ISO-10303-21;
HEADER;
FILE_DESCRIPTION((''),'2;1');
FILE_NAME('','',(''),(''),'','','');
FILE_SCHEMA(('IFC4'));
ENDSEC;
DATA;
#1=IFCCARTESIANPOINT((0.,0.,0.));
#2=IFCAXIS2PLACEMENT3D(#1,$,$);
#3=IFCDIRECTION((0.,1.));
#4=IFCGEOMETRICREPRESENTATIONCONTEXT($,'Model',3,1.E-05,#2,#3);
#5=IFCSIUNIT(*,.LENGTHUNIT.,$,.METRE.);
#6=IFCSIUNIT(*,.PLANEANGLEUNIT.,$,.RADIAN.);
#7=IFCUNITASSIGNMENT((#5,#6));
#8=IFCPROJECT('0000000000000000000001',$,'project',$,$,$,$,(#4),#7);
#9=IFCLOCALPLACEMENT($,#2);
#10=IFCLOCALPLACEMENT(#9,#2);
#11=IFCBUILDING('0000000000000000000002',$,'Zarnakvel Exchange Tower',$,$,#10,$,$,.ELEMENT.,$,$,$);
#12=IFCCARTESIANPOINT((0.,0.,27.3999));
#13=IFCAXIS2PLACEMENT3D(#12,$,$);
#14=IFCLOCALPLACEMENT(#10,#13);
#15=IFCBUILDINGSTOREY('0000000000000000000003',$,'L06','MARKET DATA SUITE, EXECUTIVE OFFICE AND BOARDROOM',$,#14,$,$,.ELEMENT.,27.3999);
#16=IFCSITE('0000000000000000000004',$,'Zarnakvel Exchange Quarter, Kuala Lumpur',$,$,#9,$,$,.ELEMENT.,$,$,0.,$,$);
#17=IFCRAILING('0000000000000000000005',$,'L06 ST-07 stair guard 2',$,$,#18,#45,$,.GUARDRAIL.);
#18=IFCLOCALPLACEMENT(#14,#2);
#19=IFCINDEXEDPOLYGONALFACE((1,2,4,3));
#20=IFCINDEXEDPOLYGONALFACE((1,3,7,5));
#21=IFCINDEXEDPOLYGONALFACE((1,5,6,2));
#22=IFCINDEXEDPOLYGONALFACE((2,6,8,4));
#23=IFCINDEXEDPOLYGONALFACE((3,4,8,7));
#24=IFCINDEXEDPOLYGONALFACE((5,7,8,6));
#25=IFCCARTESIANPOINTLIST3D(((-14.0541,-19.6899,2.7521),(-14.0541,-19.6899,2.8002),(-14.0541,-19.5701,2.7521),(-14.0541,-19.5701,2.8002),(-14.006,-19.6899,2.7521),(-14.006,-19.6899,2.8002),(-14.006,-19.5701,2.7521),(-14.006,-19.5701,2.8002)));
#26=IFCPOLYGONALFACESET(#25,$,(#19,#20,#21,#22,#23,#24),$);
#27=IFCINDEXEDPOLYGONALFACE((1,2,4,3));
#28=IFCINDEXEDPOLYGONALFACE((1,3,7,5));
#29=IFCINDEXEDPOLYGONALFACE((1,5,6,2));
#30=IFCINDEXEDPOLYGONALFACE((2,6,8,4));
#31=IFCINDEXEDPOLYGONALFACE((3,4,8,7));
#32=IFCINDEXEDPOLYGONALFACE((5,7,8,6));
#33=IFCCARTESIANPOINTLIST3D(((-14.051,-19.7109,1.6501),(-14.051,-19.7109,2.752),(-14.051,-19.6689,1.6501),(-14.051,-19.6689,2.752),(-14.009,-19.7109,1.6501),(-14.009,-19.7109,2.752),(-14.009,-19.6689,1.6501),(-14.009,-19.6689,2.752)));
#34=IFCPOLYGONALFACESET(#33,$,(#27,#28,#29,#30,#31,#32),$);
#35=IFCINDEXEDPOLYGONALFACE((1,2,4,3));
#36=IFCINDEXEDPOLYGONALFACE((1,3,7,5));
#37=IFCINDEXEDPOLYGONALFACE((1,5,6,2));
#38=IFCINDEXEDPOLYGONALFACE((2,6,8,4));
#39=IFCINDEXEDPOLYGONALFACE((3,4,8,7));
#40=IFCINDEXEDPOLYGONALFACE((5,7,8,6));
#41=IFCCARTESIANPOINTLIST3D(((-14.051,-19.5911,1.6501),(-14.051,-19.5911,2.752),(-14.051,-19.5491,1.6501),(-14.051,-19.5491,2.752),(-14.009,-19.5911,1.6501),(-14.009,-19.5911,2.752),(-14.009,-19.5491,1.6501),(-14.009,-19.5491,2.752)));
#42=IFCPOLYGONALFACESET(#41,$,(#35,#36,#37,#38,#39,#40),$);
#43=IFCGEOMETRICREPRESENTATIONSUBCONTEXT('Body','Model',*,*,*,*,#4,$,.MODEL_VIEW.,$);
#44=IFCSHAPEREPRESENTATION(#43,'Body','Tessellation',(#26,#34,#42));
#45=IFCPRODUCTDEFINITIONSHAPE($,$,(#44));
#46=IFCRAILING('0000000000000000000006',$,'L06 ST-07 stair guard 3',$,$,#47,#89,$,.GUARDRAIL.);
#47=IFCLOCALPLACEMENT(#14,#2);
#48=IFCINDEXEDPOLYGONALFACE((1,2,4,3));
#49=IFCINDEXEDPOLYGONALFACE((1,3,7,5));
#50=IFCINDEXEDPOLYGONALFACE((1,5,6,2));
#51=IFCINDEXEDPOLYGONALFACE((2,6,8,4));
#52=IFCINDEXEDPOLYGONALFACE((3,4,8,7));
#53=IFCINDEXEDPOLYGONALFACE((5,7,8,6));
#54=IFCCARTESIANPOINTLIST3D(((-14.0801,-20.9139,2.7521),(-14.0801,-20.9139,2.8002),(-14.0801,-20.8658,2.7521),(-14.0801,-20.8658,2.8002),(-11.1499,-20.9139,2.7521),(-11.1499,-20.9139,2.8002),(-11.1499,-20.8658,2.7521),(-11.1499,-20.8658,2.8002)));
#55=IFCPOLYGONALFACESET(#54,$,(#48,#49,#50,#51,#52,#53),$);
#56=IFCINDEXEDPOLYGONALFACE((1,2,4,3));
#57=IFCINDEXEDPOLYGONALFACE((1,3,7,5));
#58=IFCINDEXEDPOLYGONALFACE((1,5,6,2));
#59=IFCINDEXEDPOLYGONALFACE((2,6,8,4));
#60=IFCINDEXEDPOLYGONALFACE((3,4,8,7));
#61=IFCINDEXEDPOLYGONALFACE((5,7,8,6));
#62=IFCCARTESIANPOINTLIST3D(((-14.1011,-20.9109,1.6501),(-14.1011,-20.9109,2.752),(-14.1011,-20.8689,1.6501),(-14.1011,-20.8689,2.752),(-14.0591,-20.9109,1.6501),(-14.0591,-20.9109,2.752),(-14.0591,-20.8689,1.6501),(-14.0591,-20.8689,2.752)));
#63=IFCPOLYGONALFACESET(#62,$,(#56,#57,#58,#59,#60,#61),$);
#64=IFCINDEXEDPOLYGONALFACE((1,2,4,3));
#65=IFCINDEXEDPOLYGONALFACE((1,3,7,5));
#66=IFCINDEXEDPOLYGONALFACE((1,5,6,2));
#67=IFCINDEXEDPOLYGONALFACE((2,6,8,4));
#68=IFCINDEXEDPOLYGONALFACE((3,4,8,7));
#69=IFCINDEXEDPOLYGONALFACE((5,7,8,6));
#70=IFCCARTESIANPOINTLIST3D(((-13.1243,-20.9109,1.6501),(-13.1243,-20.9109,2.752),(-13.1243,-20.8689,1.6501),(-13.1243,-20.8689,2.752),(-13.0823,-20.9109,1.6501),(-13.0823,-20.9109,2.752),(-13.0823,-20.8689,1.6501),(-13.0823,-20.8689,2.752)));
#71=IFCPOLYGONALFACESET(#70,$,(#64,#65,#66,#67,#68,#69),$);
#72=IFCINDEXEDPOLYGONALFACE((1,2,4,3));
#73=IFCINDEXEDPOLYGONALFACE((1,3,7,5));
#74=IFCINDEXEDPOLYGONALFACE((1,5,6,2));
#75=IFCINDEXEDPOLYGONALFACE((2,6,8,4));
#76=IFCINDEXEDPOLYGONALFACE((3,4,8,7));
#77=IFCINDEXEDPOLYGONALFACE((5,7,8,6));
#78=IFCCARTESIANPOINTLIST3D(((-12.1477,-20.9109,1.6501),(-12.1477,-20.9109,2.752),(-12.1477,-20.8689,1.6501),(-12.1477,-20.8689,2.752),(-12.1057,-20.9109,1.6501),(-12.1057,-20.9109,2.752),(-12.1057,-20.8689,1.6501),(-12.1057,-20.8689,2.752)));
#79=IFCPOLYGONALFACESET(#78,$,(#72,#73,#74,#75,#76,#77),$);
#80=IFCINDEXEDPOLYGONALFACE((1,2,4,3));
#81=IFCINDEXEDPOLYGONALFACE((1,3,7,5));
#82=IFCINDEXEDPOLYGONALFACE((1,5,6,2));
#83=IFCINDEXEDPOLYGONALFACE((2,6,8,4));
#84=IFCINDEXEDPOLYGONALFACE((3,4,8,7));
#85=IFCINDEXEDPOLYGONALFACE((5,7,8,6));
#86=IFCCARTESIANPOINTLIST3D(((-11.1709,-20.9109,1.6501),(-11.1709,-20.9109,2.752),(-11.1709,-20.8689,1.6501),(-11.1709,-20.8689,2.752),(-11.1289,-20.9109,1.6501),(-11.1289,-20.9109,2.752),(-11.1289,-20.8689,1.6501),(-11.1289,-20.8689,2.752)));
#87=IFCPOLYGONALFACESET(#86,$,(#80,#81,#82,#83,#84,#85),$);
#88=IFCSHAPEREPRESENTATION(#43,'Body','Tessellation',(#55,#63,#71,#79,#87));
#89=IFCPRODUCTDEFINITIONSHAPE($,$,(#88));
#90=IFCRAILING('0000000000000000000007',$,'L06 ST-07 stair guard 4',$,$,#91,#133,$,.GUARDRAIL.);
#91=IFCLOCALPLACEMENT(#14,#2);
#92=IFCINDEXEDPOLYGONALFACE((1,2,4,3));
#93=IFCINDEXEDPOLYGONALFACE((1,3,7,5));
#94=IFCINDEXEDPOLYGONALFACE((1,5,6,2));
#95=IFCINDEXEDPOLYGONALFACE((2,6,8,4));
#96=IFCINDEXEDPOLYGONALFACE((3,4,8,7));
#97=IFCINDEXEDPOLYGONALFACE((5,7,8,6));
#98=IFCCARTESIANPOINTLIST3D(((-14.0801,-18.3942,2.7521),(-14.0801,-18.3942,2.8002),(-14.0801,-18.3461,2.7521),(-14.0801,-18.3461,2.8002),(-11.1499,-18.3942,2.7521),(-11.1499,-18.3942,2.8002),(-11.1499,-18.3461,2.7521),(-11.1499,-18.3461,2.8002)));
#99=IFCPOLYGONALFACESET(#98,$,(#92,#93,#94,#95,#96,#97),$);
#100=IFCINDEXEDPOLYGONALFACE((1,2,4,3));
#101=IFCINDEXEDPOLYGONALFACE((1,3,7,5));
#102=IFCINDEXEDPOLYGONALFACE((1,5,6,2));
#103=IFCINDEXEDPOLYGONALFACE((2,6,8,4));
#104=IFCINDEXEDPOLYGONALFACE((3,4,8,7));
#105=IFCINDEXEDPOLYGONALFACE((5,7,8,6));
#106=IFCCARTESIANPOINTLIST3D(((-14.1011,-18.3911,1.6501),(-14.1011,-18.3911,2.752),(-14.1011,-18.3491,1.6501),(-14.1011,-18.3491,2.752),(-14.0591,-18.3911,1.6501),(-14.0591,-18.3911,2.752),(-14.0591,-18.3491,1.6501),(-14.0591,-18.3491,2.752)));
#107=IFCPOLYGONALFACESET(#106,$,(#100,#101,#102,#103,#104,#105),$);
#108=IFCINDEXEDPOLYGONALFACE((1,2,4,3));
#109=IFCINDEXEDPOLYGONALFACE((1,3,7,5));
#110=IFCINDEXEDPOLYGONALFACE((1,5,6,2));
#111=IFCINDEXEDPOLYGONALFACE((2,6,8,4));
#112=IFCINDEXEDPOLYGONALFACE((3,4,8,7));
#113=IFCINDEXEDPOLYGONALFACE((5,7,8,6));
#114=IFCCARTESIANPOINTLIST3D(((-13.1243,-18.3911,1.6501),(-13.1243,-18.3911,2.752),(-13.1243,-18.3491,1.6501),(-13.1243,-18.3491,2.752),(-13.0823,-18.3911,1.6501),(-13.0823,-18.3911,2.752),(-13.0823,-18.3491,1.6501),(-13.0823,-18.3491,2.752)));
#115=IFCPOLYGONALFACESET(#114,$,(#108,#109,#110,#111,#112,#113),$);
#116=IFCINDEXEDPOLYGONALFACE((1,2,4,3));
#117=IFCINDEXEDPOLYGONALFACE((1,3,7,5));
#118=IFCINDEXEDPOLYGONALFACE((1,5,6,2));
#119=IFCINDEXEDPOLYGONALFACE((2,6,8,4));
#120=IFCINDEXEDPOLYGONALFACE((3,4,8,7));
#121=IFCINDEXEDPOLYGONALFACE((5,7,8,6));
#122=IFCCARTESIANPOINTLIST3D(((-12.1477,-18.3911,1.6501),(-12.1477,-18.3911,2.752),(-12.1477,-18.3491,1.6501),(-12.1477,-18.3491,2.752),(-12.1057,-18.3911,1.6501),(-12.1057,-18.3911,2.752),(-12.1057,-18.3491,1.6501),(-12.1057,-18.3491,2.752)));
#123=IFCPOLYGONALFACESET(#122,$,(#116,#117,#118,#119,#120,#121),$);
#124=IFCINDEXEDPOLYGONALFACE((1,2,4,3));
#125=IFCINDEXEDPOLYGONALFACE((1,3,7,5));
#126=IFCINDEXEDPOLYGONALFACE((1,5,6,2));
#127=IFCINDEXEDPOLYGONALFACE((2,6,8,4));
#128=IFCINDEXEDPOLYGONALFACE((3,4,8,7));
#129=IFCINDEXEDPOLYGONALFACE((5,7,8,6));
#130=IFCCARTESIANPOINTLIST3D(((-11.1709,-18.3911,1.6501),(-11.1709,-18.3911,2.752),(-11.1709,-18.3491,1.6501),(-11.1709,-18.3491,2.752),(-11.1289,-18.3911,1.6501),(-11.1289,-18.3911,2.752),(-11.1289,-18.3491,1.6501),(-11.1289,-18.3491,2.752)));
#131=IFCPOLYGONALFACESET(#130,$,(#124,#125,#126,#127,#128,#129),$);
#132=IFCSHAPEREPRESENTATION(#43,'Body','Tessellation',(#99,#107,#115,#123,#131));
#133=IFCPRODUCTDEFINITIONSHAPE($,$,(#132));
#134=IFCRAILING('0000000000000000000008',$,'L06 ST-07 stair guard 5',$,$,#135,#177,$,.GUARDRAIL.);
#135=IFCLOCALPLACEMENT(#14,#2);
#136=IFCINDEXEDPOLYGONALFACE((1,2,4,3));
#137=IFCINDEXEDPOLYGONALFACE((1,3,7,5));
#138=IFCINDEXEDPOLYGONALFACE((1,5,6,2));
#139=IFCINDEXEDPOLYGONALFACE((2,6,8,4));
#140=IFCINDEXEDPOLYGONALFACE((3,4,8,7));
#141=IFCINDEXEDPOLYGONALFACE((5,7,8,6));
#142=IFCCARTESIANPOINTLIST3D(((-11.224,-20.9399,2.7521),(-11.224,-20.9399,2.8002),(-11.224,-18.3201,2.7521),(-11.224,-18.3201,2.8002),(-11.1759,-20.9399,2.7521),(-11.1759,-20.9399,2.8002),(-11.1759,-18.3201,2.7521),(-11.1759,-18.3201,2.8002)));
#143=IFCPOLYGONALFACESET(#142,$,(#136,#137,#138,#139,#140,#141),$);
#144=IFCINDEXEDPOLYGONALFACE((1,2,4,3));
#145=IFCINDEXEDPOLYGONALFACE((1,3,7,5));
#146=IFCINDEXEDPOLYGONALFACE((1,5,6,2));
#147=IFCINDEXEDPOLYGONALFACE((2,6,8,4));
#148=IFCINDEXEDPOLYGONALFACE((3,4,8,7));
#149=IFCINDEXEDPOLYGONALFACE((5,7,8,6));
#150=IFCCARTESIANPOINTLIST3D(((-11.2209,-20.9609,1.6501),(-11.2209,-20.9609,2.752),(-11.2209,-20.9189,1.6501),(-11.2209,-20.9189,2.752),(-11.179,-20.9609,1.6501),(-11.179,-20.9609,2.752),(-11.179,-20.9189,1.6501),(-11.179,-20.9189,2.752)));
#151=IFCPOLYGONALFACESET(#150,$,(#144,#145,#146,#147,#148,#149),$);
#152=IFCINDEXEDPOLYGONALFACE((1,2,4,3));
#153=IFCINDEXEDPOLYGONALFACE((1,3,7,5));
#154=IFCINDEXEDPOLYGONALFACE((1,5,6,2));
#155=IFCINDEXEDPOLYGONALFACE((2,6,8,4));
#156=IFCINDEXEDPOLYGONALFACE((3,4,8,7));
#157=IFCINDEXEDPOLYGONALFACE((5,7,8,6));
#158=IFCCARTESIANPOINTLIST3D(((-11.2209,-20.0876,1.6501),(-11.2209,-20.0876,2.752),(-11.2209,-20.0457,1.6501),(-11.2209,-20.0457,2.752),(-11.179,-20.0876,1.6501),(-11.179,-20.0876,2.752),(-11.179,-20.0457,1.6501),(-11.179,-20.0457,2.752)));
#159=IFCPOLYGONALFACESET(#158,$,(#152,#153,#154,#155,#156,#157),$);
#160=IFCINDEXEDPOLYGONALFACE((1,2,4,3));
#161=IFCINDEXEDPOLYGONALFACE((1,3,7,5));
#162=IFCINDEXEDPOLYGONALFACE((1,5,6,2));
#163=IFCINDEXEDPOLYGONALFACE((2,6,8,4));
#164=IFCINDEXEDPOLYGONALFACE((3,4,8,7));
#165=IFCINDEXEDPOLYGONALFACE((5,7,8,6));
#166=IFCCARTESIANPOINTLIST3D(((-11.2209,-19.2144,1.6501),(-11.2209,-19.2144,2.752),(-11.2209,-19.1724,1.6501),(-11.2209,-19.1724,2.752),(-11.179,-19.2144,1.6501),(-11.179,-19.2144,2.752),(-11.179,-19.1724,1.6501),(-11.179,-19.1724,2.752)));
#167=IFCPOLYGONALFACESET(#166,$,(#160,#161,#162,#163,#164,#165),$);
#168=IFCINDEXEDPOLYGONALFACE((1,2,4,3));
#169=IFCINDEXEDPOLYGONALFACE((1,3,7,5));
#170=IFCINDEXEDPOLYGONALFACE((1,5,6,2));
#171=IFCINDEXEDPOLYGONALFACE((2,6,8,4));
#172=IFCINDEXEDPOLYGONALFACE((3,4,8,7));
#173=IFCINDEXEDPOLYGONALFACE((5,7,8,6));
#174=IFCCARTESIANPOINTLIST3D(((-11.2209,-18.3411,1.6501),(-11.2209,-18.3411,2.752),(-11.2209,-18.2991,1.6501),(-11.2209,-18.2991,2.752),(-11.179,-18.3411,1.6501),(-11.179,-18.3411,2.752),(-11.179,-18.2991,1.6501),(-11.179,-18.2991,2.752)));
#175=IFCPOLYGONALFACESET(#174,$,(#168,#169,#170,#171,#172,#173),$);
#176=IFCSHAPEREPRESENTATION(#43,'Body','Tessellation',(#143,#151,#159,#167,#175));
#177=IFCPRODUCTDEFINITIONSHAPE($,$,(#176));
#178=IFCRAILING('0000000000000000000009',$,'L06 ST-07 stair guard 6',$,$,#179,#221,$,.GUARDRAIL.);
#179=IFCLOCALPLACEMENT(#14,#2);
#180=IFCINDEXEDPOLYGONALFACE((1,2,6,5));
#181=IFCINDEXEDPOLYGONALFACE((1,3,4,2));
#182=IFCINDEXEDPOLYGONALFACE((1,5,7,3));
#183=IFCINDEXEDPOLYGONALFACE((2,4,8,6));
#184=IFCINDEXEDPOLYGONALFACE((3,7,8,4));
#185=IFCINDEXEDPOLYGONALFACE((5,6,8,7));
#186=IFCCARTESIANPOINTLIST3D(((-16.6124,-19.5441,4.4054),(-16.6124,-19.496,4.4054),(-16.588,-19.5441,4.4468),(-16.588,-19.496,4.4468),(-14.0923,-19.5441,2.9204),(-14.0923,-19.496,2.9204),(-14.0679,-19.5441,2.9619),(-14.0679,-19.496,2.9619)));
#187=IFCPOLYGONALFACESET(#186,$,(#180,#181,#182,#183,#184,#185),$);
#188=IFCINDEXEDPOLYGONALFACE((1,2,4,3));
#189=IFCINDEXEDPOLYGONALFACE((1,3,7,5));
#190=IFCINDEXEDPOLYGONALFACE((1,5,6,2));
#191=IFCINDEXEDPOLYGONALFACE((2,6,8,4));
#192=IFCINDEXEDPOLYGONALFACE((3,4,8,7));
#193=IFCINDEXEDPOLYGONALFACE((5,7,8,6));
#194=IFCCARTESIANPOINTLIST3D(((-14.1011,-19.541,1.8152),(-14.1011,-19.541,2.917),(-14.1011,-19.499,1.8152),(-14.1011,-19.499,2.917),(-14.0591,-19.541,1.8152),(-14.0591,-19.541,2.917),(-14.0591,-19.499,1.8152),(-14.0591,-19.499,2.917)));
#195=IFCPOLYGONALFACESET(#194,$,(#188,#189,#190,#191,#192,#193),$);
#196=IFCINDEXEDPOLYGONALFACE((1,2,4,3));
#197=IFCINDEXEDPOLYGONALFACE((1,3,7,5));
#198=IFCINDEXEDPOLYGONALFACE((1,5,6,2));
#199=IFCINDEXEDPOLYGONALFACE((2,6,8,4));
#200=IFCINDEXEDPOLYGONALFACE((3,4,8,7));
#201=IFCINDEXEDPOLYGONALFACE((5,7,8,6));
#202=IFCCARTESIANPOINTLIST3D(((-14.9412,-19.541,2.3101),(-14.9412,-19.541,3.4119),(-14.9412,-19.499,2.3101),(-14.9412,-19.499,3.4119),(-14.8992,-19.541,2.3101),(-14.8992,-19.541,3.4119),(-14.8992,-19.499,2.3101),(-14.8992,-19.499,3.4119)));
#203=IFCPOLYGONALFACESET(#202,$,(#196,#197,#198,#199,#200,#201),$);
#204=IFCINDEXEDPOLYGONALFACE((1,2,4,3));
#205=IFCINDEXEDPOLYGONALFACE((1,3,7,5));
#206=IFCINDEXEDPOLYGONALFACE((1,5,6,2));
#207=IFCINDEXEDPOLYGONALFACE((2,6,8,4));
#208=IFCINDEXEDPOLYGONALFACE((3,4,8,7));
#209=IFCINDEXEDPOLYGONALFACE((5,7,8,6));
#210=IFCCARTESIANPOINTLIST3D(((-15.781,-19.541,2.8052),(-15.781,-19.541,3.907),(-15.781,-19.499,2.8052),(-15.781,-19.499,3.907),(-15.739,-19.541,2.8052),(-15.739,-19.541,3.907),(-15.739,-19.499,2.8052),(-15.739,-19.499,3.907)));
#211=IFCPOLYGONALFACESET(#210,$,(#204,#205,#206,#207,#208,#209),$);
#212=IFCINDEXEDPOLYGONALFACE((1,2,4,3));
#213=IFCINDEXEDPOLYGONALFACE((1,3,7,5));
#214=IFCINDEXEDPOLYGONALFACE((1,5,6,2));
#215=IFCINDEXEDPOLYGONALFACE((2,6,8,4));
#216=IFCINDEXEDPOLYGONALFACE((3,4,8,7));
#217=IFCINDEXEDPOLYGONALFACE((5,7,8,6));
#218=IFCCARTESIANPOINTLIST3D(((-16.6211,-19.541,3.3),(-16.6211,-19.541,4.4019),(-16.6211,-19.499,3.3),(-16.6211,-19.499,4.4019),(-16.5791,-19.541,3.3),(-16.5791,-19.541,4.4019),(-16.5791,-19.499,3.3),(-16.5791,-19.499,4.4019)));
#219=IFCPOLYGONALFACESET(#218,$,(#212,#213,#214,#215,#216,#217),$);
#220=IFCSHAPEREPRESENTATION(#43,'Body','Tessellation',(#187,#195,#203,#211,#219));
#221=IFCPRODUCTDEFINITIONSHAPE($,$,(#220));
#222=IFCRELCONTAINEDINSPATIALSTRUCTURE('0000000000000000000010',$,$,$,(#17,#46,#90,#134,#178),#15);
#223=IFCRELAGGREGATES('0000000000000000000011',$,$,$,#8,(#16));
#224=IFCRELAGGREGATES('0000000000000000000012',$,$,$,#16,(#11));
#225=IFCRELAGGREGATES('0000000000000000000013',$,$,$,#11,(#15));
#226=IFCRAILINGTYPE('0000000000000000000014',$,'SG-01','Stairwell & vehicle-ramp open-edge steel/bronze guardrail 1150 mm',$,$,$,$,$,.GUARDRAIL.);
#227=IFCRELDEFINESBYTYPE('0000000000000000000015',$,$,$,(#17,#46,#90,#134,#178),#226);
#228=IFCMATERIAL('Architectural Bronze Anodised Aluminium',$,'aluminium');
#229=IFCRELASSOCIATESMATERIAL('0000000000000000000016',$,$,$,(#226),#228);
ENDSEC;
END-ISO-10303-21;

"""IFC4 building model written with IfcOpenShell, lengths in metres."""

from ifc_helpers import new_model, si_unit, direction, frame, origin, origin_2d, place, context, subcontext, project, spatial, rectangle, extrude, material, type_object, element, save


model = new_model("IFC4")

# Units and contexts
model_context = context("Model", 3, precision=1e-05, world=origin(), true_north=direction((0.0, 1.0)))
body_context = subcontext(model_context, "Body", "Model", "MODEL_VIEW")
ifc_project = project(units=[si_unit("LENGTHUNIT", "METRE"), si_unit("PLANEANGLEUNIT", "RADIAN")], contexts=[model_context])

# Site, building, storey
site_placement = place(None, origin())
site = spatial("IfcSite", under=ifc_project, at=site_placement, Name="Zarnakvel Exchange Quarter, Kuala Lumpur", CompositionType="ELEMENT", RefElevation=0.0)
building_placement = place(site_placement, origin())
building = spatial("IfcBuilding", under=site, at=building_placement, Name="Zarnakvel Exchange Tower", CompositionType="ELEMENT")
storey_placement = place(building_placement, frame((0.0, 0.0, 27.3999)))
storey = spatial("IfcBuildingStorey", under=building, at=storey_placement, Name="L06", Description="MARKET DATA SUITE, EXECUTIVE OFFICE AND BOARDROOM", CompositionType="ELEMENT", Elevation=27.3999)

# Shared definitions
ifc_material_1 = material(Name="Architectural Bronze Anodised Aluminium", Category="aluminium")

# Railings
railing_type_1 = type_object("IfcRailingType", Name="SG-01", Description="Stairwell & vehicle-ramp open-edge steel/bronze guardrail 1150 mm", PredefinedType="GUARDRAIL", material=ifc_material_1)
railing_1_placement = place(storey_placement, frame((-14.03, -19.6899, 1.6501)))
element("IfcRailing", 1, at=railing_1_placement, inside=storey, type_object=railing_type_1, Name="L06 ST-07 stair guard 2", PredefinedType="GUARDRAIL", context=body_context, shape_type="SweptSolid", body=[
    extrude(rectangle(XDim=0.0481, YDim=0.0481, at=origin_2d()), frame((0.0, 0.0, 1.126), z_axis=(0.0, 1.0, 0.0), x_axis=(-1.0, 0.0, 0.0)), (0.0, 0.0, 1.0), 0.1199),
    extrude(rectangle(XDim=0.042, YDim=0.042, at=origin_2d()), origin(), (0.0, 0.0, 1.0), 1.1018),
    extrude(rectangle(XDim=0.042, YDim=0.042, at=origin_2d()), frame((0.0, 0.1199, 0.0)), (0.0, 0.0, 1.0), 1.1018),
])
for number, where, name in (
    (2, (-14.0801, -20.8899, 1.6501), "L06 ST-07 stair guard 3"),
    (3, (-14.0801, -18.3701, 1.6501), "L06 ST-07 stair guard 4"),
):
    element("IfcRailing", number, at=place(storey_placement, frame(where)), inside=storey, type_object=railing_type_1, Name=name, PredefinedType="GUARDRAIL", context=body_context, shape_type="SweptSolid", body=[
        extrude(rectangle(XDim=0.0481, YDim=0.0481, at=origin_2d()), frame((0.0, 0.0, 1.126), z_axis=(1.0, 0.0, 0.0), x_axis=(0.0, 1.0, 0.0)), (0.0, 0.0, 1.0), 2.9302),
        extrude(rectangle(XDim=0.042, YDim=0.042, at=origin_2d()), origin(), (0.0, 0.0, 1.0), 1.1018),
        extrude(rectangle(XDim=0.042, YDim=0.042, at=origin_2d()), frame((0.9768, 0.0, 0.0)), (0.0, 0.0, 1.0), 1.1018),
        extrude(rectangle(XDim=0.042, YDim=0.042, at=origin_2d()), frame((1.9534, 0.0, 0.0)), (0.0, 0.0, 1.0), 1.1018),
        extrude(rectangle(XDim=0.042, YDim=0.042, at=origin_2d()), frame((2.9302, 0.0, 0.0)), (0.0, 0.0, 1.0), 1.1018),
    ])
railing_2_placement = place(storey_placement, frame((-11.2, -20.9399, 1.6501)))
element("IfcRailing", 4, at=railing_2_placement, inside=storey, type_object=railing_type_1, Name="L06 ST-07 stair guard 5", PredefinedType="GUARDRAIL", context=body_context, shape_type="SweptSolid", body=[
    extrude(rectangle(XDim=0.0481, YDim=0.0481, at=origin_2d()), frame((0.0, 0.0, 1.126), z_axis=(0.0, 1.0, 0.0), x_axis=(-1.0, 0.0, 0.0)), (0.0, 0.0, 1.0), 2.6199),
    extrude(rectangle(XDim=0.042, YDim=0.042, at=origin_2d()), origin(), (0.0, 0.0, 1.0), 1.1018),
    extrude(rectangle(XDim=0.042, YDim=0.042, at=origin_2d()), frame((0.0, 0.8733, 0.0)), (0.0, 0.0, 1.0), 1.1018),
    extrude(rectangle(XDim=0.042, YDim=0.042, at=origin_2d()), frame((0.0, 1.7466, 0.0)), (0.0, 0.0, 1.0), 1.1018),
    extrude(rectangle(XDim=0.042, YDim=0.042, at=origin_2d()), frame((0.0, 2.6199, 0.0)), (0.0, 0.0, 1.0), 1.1018),
])
railing_3_placement = place(storey_placement, frame((-14.0801, -19.52, 1.8152)))
element("IfcRailing", 5, at=railing_3_placement, inside=storey, type_object=railing_type_1, Name="L06 ST-07 stair guard 6", PredefinedType="GUARDRAIL", context=body_context, shape_type="SweptSolid", body=[
    extrude(rectangle(XDim=0.0481, YDim=0.0481, at=origin_2d()), frame((0.0, 0.0, 1.126), z_axis=(-0.861561, 0.0, 0.507655), x_axis=(0.0, -1.0, 0.0)), (0.0, 0.0, 1.0), 2.925),
    extrude(rectangle(XDim=0.042, YDim=0.042, at=origin_2d()), origin(), (0.0, 0.0, 1.0), 1.1018),
    extrude(rectangle(XDim=0.042, YDim=0.042, at=origin_2d()), frame((-0.8401, 0.0, 0.4949)), (0.0, 0.0, 1.0), 1.1018),
    extrude(rectangle(XDim=0.042, YDim=0.042, at=origin_2d()), frame((-1.6799, 0.0, 0.99)), (0.0, 0.0, 1.0), 1.1018),
    extrude(rectangle(XDim=0.042, YDim=0.042, at=origin_2d()), frame((-2.52, 0.0, 1.4849)), (0.0, 0.0, 1.0), 1.1018),
])

save(model, "model.ifc")
